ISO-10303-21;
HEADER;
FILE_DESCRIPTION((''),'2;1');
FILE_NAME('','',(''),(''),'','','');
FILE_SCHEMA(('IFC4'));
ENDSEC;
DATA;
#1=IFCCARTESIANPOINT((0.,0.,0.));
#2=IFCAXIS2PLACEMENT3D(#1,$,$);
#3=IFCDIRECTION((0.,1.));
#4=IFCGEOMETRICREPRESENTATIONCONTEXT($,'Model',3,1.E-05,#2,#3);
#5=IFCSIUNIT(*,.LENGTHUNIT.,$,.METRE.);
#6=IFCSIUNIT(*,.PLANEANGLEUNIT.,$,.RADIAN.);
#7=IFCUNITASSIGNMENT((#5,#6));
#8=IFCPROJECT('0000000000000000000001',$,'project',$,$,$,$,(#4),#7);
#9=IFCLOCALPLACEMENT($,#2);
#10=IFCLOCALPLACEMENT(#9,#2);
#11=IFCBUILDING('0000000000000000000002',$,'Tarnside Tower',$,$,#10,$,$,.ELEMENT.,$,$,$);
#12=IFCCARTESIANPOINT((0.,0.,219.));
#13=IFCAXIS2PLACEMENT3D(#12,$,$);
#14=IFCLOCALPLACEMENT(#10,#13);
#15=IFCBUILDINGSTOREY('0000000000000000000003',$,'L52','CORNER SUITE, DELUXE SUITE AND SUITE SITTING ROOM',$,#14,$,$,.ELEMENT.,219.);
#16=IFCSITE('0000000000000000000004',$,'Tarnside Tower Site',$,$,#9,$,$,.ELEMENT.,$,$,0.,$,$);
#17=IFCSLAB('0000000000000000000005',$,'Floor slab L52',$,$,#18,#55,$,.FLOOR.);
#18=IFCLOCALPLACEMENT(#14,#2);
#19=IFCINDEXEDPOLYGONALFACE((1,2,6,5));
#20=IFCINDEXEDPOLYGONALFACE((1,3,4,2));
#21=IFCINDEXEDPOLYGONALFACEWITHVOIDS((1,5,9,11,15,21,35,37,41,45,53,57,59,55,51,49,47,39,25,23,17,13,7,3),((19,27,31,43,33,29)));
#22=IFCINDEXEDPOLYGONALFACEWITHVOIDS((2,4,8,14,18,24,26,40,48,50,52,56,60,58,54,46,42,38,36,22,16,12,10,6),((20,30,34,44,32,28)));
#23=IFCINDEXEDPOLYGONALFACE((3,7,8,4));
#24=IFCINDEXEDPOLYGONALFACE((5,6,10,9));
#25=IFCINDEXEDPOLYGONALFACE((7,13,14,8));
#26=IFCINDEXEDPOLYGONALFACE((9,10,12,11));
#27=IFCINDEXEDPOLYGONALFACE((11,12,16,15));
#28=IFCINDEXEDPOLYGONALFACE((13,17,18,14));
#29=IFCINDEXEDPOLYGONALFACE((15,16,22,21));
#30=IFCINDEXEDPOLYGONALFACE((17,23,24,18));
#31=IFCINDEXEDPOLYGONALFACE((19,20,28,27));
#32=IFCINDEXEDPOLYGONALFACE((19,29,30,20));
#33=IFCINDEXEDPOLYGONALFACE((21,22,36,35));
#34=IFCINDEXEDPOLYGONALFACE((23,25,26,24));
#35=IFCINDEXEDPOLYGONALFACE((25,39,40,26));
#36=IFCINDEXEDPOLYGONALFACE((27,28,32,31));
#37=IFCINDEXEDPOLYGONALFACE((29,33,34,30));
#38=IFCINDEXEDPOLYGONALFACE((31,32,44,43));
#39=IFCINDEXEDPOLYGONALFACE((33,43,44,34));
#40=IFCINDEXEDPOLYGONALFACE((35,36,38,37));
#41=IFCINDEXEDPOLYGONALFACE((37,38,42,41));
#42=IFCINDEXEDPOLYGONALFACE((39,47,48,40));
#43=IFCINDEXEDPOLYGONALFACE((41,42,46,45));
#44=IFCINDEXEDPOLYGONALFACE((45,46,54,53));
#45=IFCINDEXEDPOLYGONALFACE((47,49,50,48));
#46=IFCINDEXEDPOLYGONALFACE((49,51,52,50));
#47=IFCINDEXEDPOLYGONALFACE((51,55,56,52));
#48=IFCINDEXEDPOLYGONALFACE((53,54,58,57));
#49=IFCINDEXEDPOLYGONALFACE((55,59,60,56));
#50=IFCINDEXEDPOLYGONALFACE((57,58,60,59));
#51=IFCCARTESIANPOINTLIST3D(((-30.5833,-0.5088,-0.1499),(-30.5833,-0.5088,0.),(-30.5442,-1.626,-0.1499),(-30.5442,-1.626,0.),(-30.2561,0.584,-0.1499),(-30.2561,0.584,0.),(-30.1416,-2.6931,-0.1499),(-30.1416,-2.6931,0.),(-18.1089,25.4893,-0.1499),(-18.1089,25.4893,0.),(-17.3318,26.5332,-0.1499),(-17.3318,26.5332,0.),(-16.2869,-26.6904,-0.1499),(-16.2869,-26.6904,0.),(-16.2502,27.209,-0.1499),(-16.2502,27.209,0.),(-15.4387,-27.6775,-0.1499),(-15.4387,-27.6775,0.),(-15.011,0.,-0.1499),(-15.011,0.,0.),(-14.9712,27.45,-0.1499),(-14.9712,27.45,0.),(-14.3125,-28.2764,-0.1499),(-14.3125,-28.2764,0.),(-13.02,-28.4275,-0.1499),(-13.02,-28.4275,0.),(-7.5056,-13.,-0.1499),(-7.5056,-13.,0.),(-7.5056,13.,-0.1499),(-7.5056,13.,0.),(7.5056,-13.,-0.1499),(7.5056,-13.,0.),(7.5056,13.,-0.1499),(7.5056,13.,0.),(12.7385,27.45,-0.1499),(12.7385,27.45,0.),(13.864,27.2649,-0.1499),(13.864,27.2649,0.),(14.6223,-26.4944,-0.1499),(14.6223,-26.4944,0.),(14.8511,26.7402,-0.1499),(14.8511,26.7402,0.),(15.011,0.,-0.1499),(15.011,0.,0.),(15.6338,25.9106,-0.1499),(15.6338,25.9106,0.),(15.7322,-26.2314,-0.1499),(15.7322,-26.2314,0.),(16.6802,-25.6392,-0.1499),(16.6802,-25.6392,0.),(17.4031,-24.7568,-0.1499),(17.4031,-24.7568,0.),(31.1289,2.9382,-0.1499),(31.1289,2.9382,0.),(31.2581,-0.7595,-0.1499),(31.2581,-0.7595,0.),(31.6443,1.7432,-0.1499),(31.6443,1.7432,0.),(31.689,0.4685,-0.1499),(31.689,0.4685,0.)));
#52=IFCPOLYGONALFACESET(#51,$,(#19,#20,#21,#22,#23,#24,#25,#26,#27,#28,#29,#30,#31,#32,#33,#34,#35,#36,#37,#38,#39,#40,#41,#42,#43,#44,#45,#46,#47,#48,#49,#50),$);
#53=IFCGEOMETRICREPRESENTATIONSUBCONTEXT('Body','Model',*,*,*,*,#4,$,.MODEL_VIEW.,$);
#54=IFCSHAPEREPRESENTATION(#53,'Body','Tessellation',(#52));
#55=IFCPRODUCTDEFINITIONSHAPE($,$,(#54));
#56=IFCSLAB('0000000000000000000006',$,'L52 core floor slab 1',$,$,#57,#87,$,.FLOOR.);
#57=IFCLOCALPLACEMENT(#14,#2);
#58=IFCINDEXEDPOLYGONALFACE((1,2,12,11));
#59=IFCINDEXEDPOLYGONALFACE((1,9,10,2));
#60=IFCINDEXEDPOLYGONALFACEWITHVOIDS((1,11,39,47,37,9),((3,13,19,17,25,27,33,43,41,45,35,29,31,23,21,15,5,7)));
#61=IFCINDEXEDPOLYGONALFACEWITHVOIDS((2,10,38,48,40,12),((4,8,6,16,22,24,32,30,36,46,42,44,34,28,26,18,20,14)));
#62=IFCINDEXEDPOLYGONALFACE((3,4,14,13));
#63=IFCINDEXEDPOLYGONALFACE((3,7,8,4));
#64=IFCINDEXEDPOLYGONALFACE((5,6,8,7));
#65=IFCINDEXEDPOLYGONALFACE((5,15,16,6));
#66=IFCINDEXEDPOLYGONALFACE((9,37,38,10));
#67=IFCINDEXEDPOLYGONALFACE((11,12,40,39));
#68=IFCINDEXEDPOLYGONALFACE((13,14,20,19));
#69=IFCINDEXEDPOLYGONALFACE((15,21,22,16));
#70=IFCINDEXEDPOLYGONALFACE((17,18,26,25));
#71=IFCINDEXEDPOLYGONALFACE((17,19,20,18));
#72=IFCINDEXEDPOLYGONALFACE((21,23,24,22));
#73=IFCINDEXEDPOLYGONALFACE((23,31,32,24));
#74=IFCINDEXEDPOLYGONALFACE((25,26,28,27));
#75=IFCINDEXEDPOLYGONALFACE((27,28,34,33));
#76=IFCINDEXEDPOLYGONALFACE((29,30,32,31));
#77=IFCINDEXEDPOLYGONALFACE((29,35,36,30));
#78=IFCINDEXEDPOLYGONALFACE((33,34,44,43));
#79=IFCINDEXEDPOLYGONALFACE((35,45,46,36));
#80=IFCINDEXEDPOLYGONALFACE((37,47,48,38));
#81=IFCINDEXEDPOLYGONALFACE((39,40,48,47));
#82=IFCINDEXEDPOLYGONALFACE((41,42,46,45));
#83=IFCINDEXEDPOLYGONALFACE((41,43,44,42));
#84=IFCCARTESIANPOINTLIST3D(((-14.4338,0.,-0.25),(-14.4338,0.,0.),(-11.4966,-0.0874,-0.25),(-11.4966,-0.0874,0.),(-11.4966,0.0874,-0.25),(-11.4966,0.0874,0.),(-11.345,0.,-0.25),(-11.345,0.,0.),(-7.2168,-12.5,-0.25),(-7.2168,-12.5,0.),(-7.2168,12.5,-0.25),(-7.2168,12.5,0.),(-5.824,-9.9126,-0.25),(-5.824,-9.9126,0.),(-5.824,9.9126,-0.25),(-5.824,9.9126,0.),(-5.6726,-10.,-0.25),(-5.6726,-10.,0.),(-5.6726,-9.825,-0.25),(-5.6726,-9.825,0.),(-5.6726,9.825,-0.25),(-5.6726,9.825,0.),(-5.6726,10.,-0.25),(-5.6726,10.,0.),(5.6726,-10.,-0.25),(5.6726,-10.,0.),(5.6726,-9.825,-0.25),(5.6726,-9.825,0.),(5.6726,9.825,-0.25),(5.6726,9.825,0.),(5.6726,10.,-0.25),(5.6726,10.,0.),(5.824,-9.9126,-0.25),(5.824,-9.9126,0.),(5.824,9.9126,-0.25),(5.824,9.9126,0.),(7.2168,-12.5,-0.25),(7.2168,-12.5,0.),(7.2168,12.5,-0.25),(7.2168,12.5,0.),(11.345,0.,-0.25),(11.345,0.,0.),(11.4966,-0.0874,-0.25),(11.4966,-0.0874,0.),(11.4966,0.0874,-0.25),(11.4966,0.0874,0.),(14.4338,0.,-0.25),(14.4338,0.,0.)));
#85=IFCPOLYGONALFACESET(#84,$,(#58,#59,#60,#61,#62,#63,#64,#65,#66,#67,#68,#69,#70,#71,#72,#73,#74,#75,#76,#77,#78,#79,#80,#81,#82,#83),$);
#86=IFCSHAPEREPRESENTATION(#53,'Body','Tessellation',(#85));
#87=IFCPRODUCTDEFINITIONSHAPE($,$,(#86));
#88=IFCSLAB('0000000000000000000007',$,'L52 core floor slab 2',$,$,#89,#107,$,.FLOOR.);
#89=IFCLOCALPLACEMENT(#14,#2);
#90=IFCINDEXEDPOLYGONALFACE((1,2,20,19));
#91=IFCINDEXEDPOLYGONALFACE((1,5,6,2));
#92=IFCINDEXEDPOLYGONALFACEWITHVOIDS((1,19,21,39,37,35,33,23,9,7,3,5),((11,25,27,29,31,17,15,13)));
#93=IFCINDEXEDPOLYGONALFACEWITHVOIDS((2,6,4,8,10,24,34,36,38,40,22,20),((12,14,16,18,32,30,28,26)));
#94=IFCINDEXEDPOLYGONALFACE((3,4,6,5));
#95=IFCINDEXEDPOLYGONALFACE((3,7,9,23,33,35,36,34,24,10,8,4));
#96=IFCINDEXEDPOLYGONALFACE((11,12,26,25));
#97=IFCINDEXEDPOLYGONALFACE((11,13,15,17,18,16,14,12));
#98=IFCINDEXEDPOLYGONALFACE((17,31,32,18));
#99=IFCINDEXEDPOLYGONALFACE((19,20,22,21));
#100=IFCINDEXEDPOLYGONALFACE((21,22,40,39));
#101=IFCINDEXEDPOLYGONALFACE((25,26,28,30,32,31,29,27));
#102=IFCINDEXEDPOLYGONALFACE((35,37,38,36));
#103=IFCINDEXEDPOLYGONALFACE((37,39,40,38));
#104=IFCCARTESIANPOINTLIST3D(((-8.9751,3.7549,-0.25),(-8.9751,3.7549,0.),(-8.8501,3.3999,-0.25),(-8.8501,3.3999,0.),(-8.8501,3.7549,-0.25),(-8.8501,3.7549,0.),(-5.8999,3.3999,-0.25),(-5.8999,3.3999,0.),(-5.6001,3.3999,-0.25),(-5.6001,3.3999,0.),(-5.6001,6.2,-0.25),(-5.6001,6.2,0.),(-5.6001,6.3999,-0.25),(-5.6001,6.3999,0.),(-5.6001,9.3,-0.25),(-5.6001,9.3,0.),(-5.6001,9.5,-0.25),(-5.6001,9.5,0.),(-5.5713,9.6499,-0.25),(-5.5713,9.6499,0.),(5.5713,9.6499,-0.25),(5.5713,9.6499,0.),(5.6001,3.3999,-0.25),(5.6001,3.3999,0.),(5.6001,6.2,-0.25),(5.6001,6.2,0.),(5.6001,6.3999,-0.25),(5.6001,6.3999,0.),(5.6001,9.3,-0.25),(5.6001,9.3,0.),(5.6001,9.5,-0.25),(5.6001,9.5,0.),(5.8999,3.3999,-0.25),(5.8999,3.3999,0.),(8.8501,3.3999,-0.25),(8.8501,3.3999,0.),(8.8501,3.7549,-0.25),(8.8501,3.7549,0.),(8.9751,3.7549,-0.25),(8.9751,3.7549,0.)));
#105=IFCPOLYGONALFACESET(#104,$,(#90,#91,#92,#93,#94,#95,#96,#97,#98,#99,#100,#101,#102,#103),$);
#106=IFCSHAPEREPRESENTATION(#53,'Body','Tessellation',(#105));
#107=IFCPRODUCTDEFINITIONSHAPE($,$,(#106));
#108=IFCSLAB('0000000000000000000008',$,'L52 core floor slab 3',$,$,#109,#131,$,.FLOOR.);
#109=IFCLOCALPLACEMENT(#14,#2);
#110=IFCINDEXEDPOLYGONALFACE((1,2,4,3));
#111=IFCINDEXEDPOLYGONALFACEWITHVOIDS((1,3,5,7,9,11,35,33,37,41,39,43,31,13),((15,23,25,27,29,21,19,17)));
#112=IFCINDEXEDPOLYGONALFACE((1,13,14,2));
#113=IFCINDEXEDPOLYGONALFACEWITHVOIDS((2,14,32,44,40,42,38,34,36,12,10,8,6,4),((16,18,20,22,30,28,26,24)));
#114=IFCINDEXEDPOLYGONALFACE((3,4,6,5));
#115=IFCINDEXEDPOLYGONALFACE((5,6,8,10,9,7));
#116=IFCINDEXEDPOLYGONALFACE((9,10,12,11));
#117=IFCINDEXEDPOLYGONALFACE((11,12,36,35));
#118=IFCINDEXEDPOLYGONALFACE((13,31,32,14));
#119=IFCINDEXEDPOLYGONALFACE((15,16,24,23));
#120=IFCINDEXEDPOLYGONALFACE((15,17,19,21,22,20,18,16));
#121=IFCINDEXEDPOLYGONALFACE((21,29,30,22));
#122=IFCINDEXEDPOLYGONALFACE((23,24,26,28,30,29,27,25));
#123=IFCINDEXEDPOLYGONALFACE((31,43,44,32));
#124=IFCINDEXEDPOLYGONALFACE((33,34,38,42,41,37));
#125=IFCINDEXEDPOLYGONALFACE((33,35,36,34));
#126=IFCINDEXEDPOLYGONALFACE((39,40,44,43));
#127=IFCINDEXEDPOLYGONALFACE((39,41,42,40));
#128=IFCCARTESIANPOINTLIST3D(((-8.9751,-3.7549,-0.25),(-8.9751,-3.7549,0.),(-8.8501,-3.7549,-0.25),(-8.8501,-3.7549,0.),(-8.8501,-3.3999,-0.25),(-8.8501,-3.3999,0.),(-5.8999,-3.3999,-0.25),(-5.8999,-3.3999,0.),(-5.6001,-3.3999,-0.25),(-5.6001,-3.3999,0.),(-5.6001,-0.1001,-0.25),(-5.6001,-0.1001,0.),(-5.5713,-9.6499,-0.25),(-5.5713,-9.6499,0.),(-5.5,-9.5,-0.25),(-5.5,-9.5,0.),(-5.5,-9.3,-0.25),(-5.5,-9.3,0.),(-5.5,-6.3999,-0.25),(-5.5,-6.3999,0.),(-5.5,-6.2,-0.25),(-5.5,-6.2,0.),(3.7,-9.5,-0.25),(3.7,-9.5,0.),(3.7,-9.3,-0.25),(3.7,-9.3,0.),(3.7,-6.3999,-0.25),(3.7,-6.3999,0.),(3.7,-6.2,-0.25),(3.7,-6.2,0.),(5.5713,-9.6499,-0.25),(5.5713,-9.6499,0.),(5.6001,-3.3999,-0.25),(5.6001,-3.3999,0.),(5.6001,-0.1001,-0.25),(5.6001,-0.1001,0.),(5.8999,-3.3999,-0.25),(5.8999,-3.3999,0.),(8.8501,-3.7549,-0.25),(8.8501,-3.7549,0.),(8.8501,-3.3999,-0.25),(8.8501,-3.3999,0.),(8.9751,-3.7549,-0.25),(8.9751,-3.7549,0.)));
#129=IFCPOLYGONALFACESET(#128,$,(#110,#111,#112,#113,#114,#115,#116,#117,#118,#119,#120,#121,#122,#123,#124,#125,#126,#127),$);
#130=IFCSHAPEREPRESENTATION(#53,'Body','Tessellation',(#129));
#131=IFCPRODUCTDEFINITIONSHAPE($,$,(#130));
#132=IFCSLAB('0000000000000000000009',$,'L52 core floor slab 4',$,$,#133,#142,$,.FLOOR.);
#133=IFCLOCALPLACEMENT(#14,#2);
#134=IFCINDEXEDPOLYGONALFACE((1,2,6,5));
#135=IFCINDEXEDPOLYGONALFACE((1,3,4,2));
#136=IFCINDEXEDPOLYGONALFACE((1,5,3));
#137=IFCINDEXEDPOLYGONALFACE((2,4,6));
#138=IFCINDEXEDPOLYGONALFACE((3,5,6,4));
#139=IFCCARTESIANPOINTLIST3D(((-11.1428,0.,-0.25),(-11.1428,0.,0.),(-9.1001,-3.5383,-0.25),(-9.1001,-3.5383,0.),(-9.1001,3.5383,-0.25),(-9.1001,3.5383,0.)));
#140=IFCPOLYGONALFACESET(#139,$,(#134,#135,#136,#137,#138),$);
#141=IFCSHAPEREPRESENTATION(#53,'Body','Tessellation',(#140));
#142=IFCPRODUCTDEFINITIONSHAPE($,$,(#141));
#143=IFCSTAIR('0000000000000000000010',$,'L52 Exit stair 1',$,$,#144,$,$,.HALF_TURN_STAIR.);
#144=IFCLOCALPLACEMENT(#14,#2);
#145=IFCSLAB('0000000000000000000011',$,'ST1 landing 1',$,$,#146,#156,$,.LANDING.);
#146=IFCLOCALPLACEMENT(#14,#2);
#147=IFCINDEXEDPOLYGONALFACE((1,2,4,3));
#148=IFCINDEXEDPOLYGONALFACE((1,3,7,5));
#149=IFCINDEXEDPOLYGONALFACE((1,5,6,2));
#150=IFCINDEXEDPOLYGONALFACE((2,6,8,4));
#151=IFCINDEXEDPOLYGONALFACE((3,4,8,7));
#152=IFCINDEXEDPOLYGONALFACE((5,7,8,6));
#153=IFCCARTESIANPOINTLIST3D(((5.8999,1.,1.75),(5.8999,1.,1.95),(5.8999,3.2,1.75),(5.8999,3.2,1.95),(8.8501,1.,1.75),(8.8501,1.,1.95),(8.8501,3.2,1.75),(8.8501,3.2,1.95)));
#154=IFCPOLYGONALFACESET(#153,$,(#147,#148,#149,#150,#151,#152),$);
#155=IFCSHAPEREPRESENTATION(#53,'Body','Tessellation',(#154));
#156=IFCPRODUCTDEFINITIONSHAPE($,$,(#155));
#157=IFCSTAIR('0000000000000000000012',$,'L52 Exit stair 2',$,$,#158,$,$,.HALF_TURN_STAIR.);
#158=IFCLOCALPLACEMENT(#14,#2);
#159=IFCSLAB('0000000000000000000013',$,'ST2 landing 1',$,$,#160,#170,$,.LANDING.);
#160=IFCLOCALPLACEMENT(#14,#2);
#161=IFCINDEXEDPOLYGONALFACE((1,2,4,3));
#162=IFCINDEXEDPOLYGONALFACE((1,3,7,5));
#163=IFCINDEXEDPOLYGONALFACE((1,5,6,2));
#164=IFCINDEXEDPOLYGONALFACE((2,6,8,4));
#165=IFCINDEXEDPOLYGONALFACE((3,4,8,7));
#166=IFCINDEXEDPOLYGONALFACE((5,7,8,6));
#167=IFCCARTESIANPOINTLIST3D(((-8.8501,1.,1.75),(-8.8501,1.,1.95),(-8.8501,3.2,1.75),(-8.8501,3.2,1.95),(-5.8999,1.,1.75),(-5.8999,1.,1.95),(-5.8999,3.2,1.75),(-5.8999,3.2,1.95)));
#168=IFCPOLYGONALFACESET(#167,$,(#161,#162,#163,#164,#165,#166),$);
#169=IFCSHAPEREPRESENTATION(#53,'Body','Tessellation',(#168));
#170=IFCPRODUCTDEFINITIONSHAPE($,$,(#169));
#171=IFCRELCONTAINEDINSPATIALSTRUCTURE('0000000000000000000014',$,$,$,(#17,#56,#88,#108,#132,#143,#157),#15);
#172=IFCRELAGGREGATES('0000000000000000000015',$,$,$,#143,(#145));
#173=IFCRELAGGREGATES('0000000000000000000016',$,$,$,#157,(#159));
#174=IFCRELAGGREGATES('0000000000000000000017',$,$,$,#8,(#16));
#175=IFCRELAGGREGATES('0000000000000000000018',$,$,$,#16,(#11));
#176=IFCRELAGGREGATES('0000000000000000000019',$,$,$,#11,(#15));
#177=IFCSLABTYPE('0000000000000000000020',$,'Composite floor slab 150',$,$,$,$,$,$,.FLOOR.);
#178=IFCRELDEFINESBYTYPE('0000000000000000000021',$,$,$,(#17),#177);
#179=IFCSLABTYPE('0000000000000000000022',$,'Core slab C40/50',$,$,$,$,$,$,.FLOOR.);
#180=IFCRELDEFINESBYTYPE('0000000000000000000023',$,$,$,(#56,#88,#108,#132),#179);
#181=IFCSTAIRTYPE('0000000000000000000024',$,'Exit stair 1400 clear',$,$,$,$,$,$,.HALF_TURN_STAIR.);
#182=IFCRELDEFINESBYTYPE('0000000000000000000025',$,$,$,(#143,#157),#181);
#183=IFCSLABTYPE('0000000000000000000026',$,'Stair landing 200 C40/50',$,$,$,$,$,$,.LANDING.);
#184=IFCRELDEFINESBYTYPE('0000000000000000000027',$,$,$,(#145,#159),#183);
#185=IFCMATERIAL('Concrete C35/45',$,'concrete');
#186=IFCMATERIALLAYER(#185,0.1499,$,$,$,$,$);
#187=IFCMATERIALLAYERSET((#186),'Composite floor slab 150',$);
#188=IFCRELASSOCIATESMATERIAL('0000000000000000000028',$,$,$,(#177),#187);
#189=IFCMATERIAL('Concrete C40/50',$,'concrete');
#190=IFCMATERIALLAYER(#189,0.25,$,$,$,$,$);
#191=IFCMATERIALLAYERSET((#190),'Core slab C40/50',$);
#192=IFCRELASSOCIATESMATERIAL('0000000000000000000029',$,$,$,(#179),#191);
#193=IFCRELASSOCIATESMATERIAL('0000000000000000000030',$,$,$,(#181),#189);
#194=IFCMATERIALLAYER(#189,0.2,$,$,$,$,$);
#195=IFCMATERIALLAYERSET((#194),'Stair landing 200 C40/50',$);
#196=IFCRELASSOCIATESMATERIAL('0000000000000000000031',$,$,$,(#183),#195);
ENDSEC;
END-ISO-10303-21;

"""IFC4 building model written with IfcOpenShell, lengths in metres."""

from ifc_helpers import new_model, si_unit, direction, frame, origin, place, context, subcontext, project, spatial, polyline, outline, extrude, material, layer, layer_set, type_object, element, aggregate, save


model = new_model("IFC4")

# Units and contexts
model_context = context("Model", 3, precision=1e-05, world=origin(), true_north=direction((0.0, 1.0)))
body_context = subcontext(model_context, "Body", "Model", "MODEL_VIEW")
ifc_project = project(units=[si_unit("LENGTHUNIT", "METRE"), si_unit("PLANEANGLEUNIT", "RADIAN")], contexts=[model_context])

# Site, building, storey
site_placement = place(None, origin())
site = spatial("IfcSite", under=ifc_project, at=site_placement, Name="Tarnside Tower Site", CompositionType="ELEMENT", RefElevation=0.0)
building_placement = place(site_placement, origin())
building = spatial("IfcBuilding", under=site, at=building_placement, Name="Tarnside Tower", CompositionType="ELEMENT")
storey_placement = place(building_placement, frame((0.0, 0.0, 219.0)))
storey = spatial("IfcBuildingStorey", under=building, at=storey_placement, Name="L52", Description="CORNER SUITE, DELUXE SUITE AND SUITE SITTING ROOM", CompositionType="ELEMENT", Elevation=219.0)

# Slabs
ifc_material_1 = material(Name="Concrete C35/45", Category="concrete")
ifc_layer_1 = layer(ifc_material_1, 0.1499)
ifc_layer_set_1 = layer_set([ifc_layer_1], Name="Composite floor slab 150")
slab_type_1 = type_object("IfcSlabType", Name="Composite floor slab 150", PredefinedType="FLOOR", material=ifc_layer_set_1)
slab_1_placement = place(storey_placement, frame((0.0, 0.0, -0.1499)))
element("IfcSlab", 1, at=slab_1_placement, inside=storey, type_object=slab_type_1, Name="Floor slab L52", PredefinedType="FLOOR", context=body_context, shape_type="SweptSolid", body=[
    extrude(outline(polyline([(13.864, 27.2649), (14.8511, 26.7402), (15.6338, 25.9106), (31.1289, 2.9382), (31.6443, 1.7432), (31.689, 0.4685), (31.2581, -0.7595), (17.4031, -24.7568), (16.6802, -25.6392), (15.7322, -26.2314), (14.6223, -26.4944), (-13.02, -28.4275), (-14.3125, -28.2764), (-15.4387, -27.6775), (-16.2869, -26.6904), (-30.1416, -2.6931), (-30.5442, -1.626), (-30.5833, -0.5088), (-30.2561, 0.584), (-18.1089, 25.4893), (-17.3318, 26.5332), (-16.2502, 27.209), (-14.9712, 27.45), (12.7385, 27.45), (13.864, 27.2649)]), holes=[polyline([(-15.011, 0.0), (-7.5056, -13.0), (7.5056, -13.0), (15.011, 0.0), (7.5056, 13.0), (-7.5056, 13.0), (-15.011, 0.0)])]), origin(), (0.0, 0.0, 1.0), 0.1499),
])
ifc_material_2 = material(Name="Concrete C40/50", Category="concrete")
ifc_layer_2 = layer(ifc_material_2, 0.25)
ifc_layer_set_2 = layer_set([ifc_layer_2], Name="Core slab C40/50")
slab_type_2 = type_object("IfcSlabType", Name="Core slab C40/50", PredefinedType="FLOOR", material=ifc_layer_set_2)
slab_2_placement = place(storey_placement, frame((0.0, 0.0, -0.25)))
element("IfcSlab", 2, at=slab_2_placement, inside=storey, type_object=slab_type_2, Name="L52 core floor slab 1", PredefinedType="FLOOR", context=body_context, shape_type="SweptSolid", body=[
    extrude(outline(polyline([(-7.2168, 12.5), (7.2168, 12.5), (14.4338, 0.0), (7.2168, -12.5), (-7.2168, -12.5), (-14.4338, 0.0), (-7.2168, 12.5)]), holes=[polyline([(5.824, -9.9126), (11.4966, -0.0874), (11.345, 0.0), (11.4966, 0.0874), (5.824, 9.9126), (5.6726, 9.825), (5.6726, 10.0), (-5.6726, 10.0), (-5.6726, 9.825), (-5.824, 9.9126), (-11.4966, 0.0874), (-11.345, 0.0), (-11.4966, -0.0874), (-5.824, -9.9126), (-5.6726, -9.825), (-5.6726, -10.0), (5.6726, -10.0), (5.6726, -9.825), (5.824, -9.9126)])]), origin(), (0.0, 0.0, 1.0), 0.25),
])
slab_3_placement = place(storey_placement, frame((0.0, 0.0, -0.25)))
element("IfcSlab", 3, at=slab_3_placement, inside=storey, type_object=slab_type_2, Name="L52 core floor slab 2", PredefinedType="FLOOR", context=body_context, shape_type="SweptSolid", body=[
    extrude(outline(polyline([(-8.9751, 3.7549), (-5.5713, 9.6499), (5.5713, 9.6499), (8.9751, 3.7549), (8.8501, 3.7549), (8.8501, 3.3999), (5.8999, 3.3999), (5.6001, 3.3999), (5.6001, 3.3999), (-5.6001, 3.3999), (-5.8999, 3.3999), (-8.8501, 3.3999), (-8.8501, 3.7549), (-8.9751, 3.7549)]), holes=[polyline([(-5.6001, 6.2), (5.6001, 6.2), (5.6001, 6.3999), (5.6001, 9.3), (5.6001, 9.5), (-5.6001, 9.5), (-5.6001, 9.3), (-5.6001, 6.3999), (-5.6001, 6.2)])]), origin(), (0.0, 0.0, 1.0), 0.25),
])
slab_4_placement = place(storey_placement, frame((0.0, 0.0, -0.25)))
element("IfcSlab", 4, at=slab_4_placement, inside=storey, type_object=slab_type_2, Name="L52 core floor slab 3", PredefinedType="FLOOR", context=body_context, shape_type="SweptSolid", body=[
    extrude(outline(polyline([(5.6001, -3.3999), (5.8999, -3.3999), (8.8501, -3.3999), (8.8501, -3.7549), (8.9751, -3.7549), (5.5713, -9.6499), (-5.5713, -9.6499), (-8.9751, -3.7549), (-8.8501, -3.7549), (-8.8501, -3.3999), (-5.8999, -3.3999), (-5.6001, -3.3999), (-5.6001, -0.1001), (5.6001, -0.1001), (5.6001, -3.3999)]), holes=[polyline([(-5.5, -9.3), (-5.5, -9.5), (3.7, -9.5), (3.7, -9.3), (3.7, -6.3999), (3.7, -6.2), (-5.5, -6.2), (-5.5, -6.3999), (-5.5, -9.3)])]), origin(), (0.0, 0.0, 1.0), 0.25),
])
slab_5_placement = place(storey_placement, frame((0.0, 0.0, -0.25)))
element("IfcSlab", 5, at=slab_5_placement, inside=storey, type_object=slab_type_2, Name="L52 core floor slab 4", PredefinedType="FLOOR", context=body_context, shape_type="SweptSolid", body=[
    extrude(outline(polyline([(-11.1428, 0.0), (-9.1001, 3.5383), (-9.1001, -3.5383), (-11.1428, 0.0)])), origin(), (0.0, 0.0, 1.0), 0.25),
])

# Stairs, slabs
stair_type = type_object("IfcStairType", Name="Exit stair 1400 clear", PredefinedType="HALF_TURN_STAIR", material=ifc_material_2)
stair_1_placement = place(storey_placement, origin())
stair_1 = element("IfcStair", 6, at=stair_1_placement, inside=storey, type_object=stair_type, Name="L52 Exit stair 1", PredefinedType="HALF_TURN_STAIR")
ifc_layer_3 = layer(ifc_material_2, 0.2)
ifc_layer_set_3 = layer_set([ifc_layer_3], Name="Stair landing 200 C40/50")
slab_type_3 = type_object("IfcSlabType", Name="Stair landing 200 C40/50", PredefinedType="LANDING", material=ifc_layer_set_3)
slab_6_placement = place(storey_placement, frame((0.0, 0.0, 1.75)))
slab_6 = element("IfcSlab", 7, at=slab_6_placement, type_object=slab_type_3, Name="ST1 landing 1", PredefinedType="LANDING", context=body_context, shape_type="SweptSolid", body=[
    extrude(outline(polyline([(8.8501, 1.0), (8.8501, 3.2), (5.8999, 3.2), (5.8999, 1.0), (8.8501, 1.0)])), origin(), (0.0, 0.0, 1.0), 0.2),
])
aggregate(stair_1, [slab_6])
stair_2_placement = place(storey_placement, origin())
stair_2 = element("IfcStair", 8, at=stair_2_placement, inside=storey, type_object=stair_type, Name="L52 Exit stair 2", PredefinedType="HALF_TURN_STAIR")
slab_7_placement = place(storey_placement, frame((0.0, 0.0, 1.75)))
slab_7 = element("IfcSlab", 9, at=slab_7_placement, type_object=slab_type_3, Name="ST2 landing 1", PredefinedType="LANDING", context=body_context, shape_type="SweptSolid", body=[
    extrude(outline(polyline([(-5.8999, 1.0), (-5.8999, 3.2), (-8.8501, 3.2), (-8.8501, 1.0), (-5.8999, 1.0)])), origin(), (0.0, 0.0, 1.0), 0.2),
])

aggregate(stair_2, [slab_7])

save(model, "model.ifc")
